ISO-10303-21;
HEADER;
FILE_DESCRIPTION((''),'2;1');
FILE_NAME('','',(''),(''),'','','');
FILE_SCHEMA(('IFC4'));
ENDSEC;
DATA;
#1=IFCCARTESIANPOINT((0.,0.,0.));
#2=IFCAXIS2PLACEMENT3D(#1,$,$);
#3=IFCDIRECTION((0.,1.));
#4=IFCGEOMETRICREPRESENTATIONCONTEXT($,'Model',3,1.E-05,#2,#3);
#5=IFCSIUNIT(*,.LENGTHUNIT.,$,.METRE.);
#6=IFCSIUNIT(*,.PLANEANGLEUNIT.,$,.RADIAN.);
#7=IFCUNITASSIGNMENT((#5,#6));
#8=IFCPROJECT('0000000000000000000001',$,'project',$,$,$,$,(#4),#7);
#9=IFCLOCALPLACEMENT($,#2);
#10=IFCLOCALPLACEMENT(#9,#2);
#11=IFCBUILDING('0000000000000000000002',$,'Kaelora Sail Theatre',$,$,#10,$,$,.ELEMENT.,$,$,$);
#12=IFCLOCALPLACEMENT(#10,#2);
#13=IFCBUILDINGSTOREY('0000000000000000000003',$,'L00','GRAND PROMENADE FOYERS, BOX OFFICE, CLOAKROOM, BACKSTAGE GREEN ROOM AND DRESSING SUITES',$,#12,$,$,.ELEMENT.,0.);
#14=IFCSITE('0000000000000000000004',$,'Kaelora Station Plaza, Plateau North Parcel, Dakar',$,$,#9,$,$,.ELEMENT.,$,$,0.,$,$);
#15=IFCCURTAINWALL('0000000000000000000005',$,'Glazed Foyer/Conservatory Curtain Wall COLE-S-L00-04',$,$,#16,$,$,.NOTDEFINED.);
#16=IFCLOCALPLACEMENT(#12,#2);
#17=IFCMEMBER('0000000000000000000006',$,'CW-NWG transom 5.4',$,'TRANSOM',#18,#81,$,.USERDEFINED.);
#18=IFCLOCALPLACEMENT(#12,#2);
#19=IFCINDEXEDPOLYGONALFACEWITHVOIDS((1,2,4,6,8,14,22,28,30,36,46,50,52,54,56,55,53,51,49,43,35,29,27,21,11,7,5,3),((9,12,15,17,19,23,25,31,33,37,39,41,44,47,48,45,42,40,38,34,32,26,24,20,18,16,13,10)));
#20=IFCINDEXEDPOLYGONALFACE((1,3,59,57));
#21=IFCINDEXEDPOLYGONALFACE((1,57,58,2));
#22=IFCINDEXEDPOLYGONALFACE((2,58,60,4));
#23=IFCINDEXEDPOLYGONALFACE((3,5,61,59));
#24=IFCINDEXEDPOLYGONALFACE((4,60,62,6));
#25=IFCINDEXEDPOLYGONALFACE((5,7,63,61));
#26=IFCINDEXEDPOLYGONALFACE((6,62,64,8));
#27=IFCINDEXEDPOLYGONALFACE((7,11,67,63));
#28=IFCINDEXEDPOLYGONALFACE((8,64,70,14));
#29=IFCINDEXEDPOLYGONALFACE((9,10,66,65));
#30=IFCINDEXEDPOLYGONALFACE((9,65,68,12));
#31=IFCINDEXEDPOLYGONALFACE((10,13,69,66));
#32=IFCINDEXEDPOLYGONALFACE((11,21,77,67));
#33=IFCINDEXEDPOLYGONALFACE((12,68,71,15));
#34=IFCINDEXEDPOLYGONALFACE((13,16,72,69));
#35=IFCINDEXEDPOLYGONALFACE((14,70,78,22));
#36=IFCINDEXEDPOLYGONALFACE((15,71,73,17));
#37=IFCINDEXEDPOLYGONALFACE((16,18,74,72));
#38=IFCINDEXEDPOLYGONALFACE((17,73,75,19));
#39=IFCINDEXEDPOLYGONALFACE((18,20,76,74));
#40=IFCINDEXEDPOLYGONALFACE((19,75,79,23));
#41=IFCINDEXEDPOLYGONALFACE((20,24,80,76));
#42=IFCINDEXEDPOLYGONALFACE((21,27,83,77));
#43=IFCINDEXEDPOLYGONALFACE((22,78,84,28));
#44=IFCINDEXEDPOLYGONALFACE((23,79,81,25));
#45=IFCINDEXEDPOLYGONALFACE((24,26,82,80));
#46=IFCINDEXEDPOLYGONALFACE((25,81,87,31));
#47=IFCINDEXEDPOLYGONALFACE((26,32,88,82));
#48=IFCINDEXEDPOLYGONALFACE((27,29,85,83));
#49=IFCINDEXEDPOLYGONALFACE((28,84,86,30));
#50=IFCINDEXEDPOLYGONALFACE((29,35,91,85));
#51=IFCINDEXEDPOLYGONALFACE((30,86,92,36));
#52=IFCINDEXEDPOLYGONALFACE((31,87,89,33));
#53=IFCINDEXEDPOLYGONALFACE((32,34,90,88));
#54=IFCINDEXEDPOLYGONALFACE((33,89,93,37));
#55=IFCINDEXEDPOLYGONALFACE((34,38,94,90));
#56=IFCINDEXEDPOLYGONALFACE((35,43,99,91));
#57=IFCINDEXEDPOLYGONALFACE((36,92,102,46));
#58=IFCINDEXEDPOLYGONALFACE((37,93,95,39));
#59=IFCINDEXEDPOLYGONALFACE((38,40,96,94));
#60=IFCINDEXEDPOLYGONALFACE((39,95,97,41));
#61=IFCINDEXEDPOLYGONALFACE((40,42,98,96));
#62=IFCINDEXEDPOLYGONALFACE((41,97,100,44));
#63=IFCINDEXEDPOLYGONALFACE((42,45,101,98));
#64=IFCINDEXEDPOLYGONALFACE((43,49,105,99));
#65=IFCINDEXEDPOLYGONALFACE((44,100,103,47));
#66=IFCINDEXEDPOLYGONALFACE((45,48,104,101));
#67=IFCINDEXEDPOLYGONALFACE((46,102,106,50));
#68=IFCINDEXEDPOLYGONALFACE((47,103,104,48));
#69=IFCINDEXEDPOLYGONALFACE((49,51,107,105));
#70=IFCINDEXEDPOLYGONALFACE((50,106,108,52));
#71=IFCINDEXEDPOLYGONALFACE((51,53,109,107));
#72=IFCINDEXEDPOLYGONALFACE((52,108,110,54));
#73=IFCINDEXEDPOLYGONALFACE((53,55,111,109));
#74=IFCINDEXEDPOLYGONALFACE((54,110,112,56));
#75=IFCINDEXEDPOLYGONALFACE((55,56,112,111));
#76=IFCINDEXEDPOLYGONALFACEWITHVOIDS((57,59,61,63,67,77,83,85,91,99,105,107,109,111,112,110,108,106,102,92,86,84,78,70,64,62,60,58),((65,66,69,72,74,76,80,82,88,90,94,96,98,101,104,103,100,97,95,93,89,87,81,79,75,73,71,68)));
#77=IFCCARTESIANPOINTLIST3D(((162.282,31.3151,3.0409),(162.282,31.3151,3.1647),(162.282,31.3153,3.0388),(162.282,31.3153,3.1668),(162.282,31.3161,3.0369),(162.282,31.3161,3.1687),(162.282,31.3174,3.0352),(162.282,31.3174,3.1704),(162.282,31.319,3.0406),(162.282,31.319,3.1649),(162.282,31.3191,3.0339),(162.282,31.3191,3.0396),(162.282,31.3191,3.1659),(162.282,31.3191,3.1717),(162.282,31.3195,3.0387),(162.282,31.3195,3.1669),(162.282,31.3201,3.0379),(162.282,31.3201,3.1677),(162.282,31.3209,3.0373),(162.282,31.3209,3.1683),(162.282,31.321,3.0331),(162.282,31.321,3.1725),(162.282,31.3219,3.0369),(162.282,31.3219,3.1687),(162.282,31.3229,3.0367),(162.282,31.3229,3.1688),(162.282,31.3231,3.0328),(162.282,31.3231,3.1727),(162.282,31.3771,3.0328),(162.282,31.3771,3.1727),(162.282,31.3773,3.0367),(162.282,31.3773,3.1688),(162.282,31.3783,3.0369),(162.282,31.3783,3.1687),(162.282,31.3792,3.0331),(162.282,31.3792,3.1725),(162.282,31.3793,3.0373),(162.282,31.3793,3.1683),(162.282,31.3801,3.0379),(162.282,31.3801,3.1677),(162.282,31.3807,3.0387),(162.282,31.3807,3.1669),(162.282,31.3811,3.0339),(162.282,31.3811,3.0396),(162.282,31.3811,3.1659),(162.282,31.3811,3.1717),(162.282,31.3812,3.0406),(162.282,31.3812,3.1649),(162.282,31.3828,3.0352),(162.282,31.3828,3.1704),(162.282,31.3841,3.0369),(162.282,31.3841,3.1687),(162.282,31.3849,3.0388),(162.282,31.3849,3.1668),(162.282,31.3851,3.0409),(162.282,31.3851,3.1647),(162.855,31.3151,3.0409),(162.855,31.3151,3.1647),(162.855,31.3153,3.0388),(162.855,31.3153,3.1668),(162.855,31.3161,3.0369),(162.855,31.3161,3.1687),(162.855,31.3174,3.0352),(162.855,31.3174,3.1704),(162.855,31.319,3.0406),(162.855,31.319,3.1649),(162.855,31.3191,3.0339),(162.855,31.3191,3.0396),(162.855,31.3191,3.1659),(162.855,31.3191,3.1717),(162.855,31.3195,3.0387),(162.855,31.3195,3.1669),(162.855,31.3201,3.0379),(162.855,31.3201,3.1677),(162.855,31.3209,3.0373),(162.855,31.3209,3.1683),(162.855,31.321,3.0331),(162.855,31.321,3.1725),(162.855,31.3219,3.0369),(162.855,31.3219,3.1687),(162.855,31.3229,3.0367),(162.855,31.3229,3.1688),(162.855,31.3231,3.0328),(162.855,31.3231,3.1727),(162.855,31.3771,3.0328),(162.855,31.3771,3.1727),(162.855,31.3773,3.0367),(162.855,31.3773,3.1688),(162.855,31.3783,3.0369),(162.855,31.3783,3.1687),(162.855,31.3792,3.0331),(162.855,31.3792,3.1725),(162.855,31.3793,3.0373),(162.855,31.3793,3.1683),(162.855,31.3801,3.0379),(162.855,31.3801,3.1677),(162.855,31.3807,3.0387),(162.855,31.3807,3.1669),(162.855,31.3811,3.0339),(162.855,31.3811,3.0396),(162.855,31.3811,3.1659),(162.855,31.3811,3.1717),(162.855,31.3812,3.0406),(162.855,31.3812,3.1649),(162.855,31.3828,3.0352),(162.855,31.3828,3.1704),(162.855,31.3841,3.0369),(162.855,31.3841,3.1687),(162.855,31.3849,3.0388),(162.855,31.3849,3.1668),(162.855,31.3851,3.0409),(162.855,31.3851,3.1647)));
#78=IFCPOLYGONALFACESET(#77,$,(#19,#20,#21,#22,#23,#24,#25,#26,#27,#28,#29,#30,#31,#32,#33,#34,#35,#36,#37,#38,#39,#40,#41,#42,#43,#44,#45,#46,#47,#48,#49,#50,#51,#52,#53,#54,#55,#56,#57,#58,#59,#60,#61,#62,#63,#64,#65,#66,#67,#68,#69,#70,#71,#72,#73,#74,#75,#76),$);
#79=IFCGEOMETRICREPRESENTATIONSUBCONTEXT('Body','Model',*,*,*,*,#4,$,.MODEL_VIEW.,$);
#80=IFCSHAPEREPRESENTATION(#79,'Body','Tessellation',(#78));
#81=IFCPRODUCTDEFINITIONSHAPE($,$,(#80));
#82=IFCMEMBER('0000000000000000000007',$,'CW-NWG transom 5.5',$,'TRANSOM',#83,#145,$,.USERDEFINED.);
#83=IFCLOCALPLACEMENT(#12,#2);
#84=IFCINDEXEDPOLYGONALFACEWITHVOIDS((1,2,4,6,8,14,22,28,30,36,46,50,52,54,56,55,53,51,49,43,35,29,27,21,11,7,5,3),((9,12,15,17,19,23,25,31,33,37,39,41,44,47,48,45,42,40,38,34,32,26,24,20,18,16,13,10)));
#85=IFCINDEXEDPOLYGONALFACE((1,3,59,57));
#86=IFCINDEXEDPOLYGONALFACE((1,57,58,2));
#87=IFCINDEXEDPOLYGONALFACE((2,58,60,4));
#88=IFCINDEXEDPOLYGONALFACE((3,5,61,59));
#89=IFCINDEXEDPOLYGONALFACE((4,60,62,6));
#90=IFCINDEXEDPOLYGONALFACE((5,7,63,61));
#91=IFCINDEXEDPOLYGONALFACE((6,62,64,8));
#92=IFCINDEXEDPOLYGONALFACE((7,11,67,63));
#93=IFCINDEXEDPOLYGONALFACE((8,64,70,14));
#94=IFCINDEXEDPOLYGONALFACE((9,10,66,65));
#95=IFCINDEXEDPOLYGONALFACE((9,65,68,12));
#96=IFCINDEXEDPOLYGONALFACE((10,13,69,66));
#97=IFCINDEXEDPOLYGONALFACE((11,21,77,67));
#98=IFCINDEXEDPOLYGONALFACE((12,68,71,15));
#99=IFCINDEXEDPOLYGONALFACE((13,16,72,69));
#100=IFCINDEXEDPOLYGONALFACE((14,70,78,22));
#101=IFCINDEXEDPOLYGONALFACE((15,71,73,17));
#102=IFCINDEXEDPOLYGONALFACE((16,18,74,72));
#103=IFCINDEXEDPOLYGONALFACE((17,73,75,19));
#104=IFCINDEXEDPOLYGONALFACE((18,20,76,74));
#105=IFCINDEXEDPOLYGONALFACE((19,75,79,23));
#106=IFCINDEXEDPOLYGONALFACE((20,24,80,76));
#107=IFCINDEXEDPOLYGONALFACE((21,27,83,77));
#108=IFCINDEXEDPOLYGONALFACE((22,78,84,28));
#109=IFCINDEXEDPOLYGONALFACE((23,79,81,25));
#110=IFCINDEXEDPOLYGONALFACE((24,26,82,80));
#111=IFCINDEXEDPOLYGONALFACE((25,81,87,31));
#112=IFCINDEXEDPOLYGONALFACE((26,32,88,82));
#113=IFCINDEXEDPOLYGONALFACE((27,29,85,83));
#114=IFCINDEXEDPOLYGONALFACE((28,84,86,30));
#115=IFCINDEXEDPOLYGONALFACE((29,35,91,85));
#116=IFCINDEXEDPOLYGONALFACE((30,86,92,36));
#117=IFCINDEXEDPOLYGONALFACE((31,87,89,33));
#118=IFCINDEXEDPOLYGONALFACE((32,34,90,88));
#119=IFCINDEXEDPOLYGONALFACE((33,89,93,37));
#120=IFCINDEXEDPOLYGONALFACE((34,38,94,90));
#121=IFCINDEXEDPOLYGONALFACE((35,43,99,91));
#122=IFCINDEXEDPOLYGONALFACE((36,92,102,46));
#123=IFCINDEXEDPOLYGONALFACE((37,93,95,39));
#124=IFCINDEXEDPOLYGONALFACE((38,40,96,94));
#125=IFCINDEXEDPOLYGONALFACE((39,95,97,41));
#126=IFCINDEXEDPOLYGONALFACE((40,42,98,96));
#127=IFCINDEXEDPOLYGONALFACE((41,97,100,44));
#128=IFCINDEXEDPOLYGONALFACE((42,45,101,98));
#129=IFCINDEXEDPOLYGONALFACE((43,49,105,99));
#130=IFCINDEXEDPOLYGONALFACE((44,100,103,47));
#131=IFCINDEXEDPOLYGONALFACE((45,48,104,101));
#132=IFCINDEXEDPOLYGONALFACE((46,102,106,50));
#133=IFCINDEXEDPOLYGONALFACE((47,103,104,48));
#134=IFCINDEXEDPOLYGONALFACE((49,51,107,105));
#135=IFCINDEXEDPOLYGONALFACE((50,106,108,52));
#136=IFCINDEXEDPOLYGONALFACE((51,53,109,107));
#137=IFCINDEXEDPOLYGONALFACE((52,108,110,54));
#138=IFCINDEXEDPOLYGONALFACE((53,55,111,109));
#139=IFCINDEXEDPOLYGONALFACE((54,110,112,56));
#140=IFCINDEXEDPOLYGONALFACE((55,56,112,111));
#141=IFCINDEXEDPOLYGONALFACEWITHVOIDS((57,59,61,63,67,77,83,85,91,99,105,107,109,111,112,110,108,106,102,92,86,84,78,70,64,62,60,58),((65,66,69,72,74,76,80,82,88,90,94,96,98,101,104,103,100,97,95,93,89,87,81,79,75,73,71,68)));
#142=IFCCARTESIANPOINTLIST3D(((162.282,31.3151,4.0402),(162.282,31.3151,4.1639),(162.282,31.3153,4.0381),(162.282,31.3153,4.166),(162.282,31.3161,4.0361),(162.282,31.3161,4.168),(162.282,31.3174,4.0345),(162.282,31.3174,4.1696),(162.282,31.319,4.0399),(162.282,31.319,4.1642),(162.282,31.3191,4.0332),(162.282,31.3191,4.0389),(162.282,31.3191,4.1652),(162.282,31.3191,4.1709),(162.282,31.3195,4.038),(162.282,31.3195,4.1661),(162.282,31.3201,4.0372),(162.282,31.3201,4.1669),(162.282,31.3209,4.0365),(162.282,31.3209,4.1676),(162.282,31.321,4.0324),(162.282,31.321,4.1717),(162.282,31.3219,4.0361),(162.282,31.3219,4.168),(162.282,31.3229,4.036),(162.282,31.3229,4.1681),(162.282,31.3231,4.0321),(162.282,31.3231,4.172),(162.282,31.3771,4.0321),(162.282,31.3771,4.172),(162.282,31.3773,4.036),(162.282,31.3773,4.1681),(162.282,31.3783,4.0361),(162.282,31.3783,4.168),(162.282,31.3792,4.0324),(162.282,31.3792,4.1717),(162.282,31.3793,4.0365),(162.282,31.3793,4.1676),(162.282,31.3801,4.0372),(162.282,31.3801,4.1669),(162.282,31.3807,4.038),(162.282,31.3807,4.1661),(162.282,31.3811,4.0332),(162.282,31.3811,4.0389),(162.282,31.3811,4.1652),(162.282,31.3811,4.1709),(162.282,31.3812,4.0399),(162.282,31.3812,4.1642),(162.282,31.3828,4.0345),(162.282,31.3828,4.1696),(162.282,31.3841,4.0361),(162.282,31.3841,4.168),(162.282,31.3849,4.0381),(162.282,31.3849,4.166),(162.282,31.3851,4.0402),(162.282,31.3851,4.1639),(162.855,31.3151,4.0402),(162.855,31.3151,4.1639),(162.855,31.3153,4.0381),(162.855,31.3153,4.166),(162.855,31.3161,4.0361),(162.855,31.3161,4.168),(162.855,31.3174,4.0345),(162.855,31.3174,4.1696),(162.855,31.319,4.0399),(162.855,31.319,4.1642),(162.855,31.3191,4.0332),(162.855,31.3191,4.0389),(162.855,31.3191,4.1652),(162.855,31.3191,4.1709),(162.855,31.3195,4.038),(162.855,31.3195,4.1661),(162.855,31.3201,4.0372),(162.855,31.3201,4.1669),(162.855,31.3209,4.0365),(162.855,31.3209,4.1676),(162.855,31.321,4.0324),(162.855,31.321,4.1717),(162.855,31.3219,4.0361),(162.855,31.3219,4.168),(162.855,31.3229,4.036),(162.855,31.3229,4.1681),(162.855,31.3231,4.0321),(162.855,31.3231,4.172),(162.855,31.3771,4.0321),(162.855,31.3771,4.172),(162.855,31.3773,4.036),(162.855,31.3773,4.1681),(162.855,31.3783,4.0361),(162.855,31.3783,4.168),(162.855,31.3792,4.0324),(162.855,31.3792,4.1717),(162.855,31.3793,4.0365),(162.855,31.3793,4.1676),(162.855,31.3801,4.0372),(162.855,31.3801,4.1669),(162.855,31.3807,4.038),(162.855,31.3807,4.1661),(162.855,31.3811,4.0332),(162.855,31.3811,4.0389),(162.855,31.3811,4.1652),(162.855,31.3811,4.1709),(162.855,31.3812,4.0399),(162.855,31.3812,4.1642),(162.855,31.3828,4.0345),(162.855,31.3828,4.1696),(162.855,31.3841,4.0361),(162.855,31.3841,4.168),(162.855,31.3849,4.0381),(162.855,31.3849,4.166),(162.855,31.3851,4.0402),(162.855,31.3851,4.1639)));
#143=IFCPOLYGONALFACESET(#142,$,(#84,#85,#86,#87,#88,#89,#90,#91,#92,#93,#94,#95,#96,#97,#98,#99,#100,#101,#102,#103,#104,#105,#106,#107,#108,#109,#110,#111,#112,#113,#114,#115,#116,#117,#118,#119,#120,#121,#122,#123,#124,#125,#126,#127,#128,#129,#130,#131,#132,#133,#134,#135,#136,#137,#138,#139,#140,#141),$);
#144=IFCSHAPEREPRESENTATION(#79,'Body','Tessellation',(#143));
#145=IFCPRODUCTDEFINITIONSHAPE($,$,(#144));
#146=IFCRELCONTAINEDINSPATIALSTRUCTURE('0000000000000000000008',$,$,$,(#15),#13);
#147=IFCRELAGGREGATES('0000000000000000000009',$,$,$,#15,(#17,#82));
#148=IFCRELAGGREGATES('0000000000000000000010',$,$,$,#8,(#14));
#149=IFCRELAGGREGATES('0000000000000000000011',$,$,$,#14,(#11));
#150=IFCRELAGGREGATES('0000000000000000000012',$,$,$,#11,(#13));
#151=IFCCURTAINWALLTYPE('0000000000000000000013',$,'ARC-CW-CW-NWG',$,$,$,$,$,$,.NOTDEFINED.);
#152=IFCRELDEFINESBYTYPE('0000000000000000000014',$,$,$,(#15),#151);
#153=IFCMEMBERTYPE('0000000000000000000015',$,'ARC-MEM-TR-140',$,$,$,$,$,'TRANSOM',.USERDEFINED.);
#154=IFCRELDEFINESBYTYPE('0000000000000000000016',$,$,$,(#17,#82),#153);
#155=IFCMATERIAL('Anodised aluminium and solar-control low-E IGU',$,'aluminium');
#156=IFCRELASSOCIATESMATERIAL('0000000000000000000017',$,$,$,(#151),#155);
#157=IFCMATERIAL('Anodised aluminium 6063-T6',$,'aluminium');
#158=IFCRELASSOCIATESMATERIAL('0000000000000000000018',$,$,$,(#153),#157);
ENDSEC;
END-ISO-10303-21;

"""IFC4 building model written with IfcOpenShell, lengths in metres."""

from ifc_helpers import new_model, si_unit, direction, frame, origin, origin_2d, place, context, subcontext, project, spatial, hollow_rectangle, extrude, material, material_profile, profile_set, type_object, element, aggregate, save


model = new_model("IFC4")

# Units and contexts
model_context = context("Model", 3, precision=1e-05, world=origin(), true_north=direction((0.0, 1.0)))
body_context = subcontext(model_context, "Body", "Model", "MODEL_VIEW")
ifc_project = project(units=[si_unit("LENGTHUNIT", "METRE"), si_unit("PLANEANGLEUNIT", "RADIAN")], contexts=[model_context])

# Site, building, storey
site_placement = place(None, origin())
site = spatial("IfcSite", under=ifc_project, at=site_placement, Name="Kaelora Station Plaza, Plateau North Parcel, Dakar", CompositionType="ELEMENT", RefElevation=0.0)
building_placement = place(site_placement, origin())
building = spatial("IfcBuilding", under=site, at=building_placement, Name="Kaelora Sail Theatre", CompositionType="ELEMENT")
storey_placement = place(building_placement, origin())
storey = spatial("IfcBuildingStorey", under=building, at=storey_placement, Name="L00", Description="GRAND PROMENADE FOYERS, BOX OFFICE, CLOAKROOM, BACKSTAGE GREEN ROOM AND DRESSING SUITES", CompositionType="ELEMENT", Elevation=0.0)

# Curtain wall, members
ifc_material_1 = material(Name="Anodised aluminium and solar-control low-E IGU", Category="aluminium")
curtain_wall_type_1 = type_object("IfcCurtainWallType", Name="ARC-CW-CW-NWG", PredefinedType="NOTDEFINED", material=ifc_material_1)
curtain_wall_1_placement = place(storey_placement, origin())
curtain_wall_1 = element("IfcCurtainWall", 1, at=curtain_wall_1_placement, inside=storey, type_object=curtain_wall_type_1, Name="Glazed Foyer/Conservatory Curtain Wall COLE-S-L00-04", PredefinedType="NOTDEFINED")
ifc_material_2 = material(Name="Anodised aluminium 6063-T6", Category="aluminium")
ifc_material_profile = material_profile(ifc_material_2, hollow_rectangle(XDim=0.0701, YDim=0.1399, WallThickness=0.0039, InnerFilletRadius=0.0039, OuterFilletRadius=0.0081, at=origin_2d()), Name="ALU-TRAN 70x140x4")
ifc_profile_set = profile_set([ifc_material_profile], Name="Anodised aluminium 6063-T6")
member_type = type_object("IfcMemberType", Name="ARC-MEM-TR-140", ElementType="TRANSOM", PredefinedType="USERDEFINED", material=ifc_profile_set)
member_1_placement = place(storey_placement, frame((162.282, 31.3501, 3.1028), z_axis=(1.0, 0.0, 0.0), x_axis=(0.0, 1.0, 0.0)))
member_1 = element("IfcMember", 2, at=member_1_placement, type_object=member_type, Name="CW-NWG transom 5.4", ObjectType="TRANSOM", PredefinedType="USERDEFINED", context=body_context, shape_type="SweptSolid", body=[
    extrude(hollow_rectangle(XDim=0.0701, YDim=0.1399, WallThickness=0.0039, InnerFilletRadius=0.0039, OuterFilletRadius=0.0081, at=origin_2d()), origin(), (0.0, 0.0, 1.0), 0.573),
])
member_2_placement = place(storey_placement, frame((162.282, 31.3501, 4.1021), z_axis=(1.0, 0.0, 0.0), x_axis=(0.0, 1.0, 0.0)))
member_2 = element("IfcMember", 3, at=member_2_placement, type_object=member_type, Name="CW-NWG transom 5.5", ObjectType="TRANSOM", PredefinedType="USERDEFINED", context=body_context, shape_type="SweptSolid", body=[
    extrude(hollow_rectangle(XDim=0.0701, YDim=0.1399, WallThickness=0.0039, InnerFilletRadius=0.0039, OuterFilletRadius=0.0081, at=origin_2d()), origin(), (0.0, 0.0, 1.0), 0.573),
])

aggregate(curtain_wall_1, [member_1, member_2])

save(model, "model.ifc")
